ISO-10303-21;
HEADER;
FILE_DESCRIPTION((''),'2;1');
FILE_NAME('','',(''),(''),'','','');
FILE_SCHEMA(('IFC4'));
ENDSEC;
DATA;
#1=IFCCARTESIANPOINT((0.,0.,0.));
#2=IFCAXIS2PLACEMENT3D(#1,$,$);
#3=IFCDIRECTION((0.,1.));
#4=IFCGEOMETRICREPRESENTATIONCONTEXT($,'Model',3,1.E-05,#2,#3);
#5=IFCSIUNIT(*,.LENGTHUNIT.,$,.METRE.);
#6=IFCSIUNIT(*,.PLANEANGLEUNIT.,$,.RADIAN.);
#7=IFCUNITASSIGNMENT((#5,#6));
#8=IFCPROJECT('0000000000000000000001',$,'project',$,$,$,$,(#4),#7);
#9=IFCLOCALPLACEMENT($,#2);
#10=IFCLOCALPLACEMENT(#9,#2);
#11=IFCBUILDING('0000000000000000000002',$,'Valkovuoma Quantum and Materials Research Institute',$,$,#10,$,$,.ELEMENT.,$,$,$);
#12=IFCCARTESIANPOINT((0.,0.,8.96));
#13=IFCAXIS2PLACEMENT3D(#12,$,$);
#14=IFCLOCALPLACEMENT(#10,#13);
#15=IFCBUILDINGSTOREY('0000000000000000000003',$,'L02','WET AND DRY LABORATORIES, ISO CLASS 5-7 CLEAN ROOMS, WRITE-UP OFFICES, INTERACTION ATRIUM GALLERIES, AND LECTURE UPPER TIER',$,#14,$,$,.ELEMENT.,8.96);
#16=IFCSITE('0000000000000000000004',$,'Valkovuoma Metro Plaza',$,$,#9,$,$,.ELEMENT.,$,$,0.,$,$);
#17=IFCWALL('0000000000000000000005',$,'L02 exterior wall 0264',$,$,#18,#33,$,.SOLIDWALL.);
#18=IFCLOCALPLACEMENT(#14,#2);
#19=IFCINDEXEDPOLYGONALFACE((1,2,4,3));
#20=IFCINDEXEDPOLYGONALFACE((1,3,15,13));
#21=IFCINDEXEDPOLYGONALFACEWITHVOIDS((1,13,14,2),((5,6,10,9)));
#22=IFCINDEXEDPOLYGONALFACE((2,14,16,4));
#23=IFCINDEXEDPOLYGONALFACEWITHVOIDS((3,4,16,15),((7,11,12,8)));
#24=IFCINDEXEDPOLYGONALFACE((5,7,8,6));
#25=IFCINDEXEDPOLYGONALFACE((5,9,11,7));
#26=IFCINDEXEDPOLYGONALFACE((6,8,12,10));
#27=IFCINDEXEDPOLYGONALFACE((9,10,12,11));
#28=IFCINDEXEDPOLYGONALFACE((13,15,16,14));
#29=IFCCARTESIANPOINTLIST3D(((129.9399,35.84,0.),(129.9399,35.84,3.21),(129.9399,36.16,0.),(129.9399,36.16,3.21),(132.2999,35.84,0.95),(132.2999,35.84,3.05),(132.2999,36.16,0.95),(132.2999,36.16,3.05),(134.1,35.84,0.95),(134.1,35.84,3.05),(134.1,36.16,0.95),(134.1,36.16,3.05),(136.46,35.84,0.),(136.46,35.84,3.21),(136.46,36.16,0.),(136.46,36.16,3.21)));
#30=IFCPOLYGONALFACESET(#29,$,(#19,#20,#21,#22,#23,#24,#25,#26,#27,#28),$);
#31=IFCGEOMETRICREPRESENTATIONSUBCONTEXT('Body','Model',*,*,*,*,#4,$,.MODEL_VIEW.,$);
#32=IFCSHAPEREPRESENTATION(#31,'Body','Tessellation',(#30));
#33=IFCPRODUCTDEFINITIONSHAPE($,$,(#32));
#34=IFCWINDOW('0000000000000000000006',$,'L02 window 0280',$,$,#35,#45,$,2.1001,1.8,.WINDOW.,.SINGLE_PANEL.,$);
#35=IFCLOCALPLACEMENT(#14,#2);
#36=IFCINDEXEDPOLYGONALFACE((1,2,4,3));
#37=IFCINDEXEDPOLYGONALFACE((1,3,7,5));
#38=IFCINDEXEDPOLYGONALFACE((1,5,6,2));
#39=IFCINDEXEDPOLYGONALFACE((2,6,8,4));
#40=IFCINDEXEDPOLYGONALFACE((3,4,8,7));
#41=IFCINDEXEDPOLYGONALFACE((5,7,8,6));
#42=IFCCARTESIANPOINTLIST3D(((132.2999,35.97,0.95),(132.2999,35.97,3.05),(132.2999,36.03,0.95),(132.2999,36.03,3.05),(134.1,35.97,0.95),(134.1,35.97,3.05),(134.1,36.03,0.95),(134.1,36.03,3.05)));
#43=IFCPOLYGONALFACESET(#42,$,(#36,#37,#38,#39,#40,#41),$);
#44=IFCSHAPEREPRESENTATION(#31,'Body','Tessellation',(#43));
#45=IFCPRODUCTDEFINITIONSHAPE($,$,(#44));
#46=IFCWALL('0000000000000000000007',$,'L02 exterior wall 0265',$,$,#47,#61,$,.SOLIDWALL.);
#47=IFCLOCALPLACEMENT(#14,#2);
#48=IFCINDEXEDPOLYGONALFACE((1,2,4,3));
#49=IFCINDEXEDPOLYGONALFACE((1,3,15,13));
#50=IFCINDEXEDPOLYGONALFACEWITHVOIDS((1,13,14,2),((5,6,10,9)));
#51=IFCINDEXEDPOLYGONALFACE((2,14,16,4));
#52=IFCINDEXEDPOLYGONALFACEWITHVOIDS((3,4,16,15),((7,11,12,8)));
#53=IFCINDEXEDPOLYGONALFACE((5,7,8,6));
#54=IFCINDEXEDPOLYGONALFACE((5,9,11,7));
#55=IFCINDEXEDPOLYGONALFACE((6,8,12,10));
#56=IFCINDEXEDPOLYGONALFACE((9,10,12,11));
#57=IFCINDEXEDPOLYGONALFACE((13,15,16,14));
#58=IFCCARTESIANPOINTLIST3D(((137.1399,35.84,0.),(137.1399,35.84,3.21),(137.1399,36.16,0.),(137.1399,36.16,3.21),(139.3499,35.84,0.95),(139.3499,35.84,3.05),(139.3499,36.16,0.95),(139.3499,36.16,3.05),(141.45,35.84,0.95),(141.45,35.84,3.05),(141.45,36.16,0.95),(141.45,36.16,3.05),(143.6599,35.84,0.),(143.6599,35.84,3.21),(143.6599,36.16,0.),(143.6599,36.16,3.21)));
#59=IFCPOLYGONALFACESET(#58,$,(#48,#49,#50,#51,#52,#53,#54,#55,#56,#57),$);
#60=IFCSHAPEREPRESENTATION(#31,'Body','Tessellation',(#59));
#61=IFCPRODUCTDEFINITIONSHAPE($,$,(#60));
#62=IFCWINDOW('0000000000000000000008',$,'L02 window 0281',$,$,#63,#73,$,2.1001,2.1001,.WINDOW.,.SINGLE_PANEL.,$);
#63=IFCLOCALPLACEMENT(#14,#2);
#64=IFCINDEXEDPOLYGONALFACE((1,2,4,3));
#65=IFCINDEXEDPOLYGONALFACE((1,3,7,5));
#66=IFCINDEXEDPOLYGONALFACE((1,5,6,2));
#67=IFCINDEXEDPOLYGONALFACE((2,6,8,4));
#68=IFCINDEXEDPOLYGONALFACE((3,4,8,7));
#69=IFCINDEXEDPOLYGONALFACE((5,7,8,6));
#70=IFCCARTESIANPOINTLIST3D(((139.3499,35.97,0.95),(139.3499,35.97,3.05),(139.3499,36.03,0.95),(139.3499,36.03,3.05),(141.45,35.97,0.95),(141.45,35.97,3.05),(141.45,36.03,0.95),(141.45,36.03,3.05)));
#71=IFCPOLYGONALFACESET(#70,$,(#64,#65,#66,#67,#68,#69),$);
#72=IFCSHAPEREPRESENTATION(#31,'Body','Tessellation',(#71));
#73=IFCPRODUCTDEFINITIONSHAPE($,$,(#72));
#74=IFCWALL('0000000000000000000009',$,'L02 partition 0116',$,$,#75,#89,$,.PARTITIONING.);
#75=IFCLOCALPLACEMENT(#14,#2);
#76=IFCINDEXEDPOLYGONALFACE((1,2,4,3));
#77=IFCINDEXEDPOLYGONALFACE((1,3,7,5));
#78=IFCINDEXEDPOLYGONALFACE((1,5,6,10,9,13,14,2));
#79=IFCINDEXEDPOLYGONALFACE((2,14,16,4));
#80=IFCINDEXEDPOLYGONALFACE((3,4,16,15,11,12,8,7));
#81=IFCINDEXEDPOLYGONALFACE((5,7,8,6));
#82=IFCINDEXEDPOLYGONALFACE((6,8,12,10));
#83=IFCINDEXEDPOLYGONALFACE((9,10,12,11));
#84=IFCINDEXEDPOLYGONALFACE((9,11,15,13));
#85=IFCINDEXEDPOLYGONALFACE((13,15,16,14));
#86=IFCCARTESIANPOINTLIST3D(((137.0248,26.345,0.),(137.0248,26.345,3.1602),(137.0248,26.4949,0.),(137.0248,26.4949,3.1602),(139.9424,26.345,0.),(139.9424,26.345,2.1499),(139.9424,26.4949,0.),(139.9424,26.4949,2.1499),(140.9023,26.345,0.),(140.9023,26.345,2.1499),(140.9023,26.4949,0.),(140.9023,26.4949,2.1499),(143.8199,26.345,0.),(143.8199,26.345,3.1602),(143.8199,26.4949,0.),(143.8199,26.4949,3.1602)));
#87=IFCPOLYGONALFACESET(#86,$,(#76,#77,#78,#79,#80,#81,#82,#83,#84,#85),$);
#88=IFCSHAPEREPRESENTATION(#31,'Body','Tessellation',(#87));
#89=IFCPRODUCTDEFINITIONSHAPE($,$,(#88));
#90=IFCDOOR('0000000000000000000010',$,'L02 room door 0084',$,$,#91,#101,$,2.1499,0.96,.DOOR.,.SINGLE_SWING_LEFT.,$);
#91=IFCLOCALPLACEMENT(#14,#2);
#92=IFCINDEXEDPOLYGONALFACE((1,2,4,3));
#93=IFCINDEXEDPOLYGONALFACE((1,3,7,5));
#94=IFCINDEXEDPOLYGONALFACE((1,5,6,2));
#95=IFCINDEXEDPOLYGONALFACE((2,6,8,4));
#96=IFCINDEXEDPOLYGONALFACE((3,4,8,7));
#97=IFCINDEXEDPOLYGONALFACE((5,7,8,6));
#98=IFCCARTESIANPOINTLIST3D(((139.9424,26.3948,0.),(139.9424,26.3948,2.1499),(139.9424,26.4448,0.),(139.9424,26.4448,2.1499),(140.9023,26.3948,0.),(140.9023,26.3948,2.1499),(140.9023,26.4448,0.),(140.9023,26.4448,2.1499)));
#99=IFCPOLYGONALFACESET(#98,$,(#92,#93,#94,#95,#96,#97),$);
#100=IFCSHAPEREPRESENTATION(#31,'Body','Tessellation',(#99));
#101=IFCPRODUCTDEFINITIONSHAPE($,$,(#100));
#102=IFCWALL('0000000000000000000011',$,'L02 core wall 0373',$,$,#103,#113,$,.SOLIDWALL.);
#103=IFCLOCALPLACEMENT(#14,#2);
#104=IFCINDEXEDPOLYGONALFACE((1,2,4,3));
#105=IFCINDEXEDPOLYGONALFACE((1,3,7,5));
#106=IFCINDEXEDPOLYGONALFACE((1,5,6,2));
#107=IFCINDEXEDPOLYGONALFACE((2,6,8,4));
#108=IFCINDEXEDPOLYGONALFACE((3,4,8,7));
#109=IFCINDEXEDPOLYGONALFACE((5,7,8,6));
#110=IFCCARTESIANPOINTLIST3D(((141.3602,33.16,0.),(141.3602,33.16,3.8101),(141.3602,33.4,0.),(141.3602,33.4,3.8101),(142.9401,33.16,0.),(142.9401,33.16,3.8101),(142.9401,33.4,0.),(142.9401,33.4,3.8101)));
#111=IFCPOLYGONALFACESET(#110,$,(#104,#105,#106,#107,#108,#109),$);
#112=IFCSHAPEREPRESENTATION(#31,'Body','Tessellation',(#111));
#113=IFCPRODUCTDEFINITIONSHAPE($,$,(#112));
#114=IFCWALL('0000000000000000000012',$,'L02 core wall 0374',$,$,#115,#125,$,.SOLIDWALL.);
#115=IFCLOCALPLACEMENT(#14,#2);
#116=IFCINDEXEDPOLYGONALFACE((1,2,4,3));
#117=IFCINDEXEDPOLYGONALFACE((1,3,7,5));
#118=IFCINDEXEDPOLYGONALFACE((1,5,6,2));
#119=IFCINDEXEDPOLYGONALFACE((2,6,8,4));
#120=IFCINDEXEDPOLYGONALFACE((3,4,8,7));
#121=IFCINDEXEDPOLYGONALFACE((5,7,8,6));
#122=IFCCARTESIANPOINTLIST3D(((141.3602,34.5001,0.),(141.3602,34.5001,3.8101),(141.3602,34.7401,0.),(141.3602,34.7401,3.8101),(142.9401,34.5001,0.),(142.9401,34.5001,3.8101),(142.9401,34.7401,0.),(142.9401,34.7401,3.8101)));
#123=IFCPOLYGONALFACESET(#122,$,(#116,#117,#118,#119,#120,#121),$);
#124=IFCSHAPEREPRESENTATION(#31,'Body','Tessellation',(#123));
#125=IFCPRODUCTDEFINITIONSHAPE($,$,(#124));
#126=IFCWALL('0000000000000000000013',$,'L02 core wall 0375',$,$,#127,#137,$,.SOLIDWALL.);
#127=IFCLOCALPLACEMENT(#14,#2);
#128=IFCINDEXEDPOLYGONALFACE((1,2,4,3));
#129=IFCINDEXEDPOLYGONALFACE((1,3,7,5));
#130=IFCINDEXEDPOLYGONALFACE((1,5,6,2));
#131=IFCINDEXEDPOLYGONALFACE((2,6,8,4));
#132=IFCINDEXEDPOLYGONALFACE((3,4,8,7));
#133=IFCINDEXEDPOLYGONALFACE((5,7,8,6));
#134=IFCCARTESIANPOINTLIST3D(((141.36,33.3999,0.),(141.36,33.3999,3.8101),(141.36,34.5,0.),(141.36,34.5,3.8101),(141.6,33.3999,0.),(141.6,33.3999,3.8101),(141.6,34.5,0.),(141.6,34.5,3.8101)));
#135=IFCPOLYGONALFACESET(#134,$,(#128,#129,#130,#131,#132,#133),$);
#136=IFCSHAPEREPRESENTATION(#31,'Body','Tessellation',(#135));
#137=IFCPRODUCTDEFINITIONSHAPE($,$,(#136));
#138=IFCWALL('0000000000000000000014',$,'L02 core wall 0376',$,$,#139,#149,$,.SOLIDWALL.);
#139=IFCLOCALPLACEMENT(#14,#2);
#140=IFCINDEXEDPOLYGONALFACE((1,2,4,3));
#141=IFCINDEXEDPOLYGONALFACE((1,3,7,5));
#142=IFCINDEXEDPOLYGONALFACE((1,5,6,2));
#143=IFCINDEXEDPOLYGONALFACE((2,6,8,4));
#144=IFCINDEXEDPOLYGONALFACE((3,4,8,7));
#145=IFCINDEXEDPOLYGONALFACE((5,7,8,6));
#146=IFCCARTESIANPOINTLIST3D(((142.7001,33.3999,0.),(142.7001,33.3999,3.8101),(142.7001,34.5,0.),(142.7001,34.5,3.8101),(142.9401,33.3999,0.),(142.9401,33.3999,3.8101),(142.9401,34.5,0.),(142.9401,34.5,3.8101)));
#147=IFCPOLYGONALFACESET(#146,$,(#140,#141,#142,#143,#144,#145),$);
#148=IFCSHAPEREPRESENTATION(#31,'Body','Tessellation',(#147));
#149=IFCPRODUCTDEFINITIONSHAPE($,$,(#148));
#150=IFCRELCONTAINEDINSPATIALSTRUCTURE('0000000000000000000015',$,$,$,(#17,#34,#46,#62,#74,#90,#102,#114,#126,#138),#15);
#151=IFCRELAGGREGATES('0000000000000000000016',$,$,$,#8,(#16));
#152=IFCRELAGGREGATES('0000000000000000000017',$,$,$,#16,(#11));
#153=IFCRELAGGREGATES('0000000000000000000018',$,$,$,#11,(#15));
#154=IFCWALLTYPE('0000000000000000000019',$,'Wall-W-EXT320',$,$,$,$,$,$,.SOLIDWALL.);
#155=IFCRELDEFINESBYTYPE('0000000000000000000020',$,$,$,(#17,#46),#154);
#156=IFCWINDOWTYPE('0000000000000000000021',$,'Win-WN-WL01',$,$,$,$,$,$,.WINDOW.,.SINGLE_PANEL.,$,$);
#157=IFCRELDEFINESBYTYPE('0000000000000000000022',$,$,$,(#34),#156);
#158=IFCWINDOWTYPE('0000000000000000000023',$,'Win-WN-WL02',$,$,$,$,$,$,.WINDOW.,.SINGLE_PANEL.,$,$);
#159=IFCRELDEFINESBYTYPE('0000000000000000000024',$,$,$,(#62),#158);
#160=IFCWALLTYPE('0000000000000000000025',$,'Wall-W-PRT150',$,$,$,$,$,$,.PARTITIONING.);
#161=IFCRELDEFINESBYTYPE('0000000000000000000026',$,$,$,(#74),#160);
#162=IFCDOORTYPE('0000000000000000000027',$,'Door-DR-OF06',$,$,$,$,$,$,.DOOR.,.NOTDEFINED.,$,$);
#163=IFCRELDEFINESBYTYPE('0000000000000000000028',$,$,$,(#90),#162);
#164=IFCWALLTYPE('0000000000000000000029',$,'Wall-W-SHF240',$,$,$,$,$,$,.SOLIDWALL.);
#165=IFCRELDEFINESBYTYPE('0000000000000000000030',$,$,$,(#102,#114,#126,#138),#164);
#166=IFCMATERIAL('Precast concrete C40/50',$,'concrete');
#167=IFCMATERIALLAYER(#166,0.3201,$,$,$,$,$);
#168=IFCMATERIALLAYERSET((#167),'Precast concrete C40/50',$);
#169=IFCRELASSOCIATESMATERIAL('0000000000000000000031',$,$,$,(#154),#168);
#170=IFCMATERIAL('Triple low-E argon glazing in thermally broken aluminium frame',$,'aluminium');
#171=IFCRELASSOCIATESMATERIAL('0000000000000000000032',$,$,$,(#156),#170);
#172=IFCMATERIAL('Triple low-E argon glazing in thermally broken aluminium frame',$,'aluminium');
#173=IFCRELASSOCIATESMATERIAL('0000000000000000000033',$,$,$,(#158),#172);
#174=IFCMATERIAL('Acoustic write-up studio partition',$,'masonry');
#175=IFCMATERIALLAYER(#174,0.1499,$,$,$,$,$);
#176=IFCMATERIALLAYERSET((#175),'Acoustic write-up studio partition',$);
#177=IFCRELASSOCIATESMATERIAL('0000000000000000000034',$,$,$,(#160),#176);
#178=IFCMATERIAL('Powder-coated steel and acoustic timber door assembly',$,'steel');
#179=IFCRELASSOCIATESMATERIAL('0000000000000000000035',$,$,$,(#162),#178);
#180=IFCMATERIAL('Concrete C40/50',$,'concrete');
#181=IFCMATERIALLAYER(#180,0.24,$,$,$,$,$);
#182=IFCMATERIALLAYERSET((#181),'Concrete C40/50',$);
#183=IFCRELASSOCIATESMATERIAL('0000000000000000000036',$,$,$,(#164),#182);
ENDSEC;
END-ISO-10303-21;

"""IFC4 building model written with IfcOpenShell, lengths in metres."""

from ifc_helpers import new_model, si_unit, direction, frame, frame_2d, origin, place, context, subcontext, project, spatial, rectangle, extrude, material, layer, layer_set, type_object, element, fill, save


model = new_model("IFC4")

# Units and contexts
model_context = context("Model", 3, precision=1e-05, world=origin(), true_north=direction((0.0, 1.0)))
body_context = subcontext(model_context, "Body", "Model", "MODEL_VIEW")
ifc_project = project(units=[si_unit("LENGTHUNIT", "METRE"), si_unit("PLANEANGLEUNIT", "RADIAN")], contexts=[model_context])

# Site, building, storey
site_placement = place(None, origin())
site = spatial("IfcSite", under=ifc_project, at=site_placement, Name="Valkovuoma Metro Plaza", CompositionType="ELEMENT", RefElevation=0.0)
building_placement = place(site_placement, origin())
building = spatial("IfcBuilding", under=site, at=building_placement, Name="Valkovuoma Quantum and Materials Research Institute", CompositionType="ELEMENT")
storey_placement = place(building_placement, frame((0.0, 0.0, 8.96)))
storey = spatial("IfcBuildingStorey", under=building, at=storey_placement, Name="L02", Description="WET AND DRY LABORATORIES, ISO CLASS 5-7 CLEAN ROOMS, WRITE-UP OFFICES, INTERACTION ATRIUM GALLERIES, AND LECTURE UPPER TIER", CompositionType="ELEMENT", Elevation=8.96)

# Walls, openings, windows
ifc_material_1 = material(Name="Precast concrete C40/50", Category="concrete")
ifc_layer_1 = layer(ifc_material_1, 0.3201)
ifc_layer_set_1 = layer_set([ifc_layer_1], Name="Precast concrete C40/50")
wall_type_1 = type_object("IfcWallType", Name="Wall-W-EXT320", PredefinedType="SOLIDWALL", material=ifc_layer_set_1)
wall_1_placement = place(storey_placement, frame((129.9399, 36.0, 0.0), z_axis=(0.0, 0.0, 1.0), x_axis=(1.0, 0.0, 0.0)))
wall_1 = element("IfcWall", 1, at=wall_1_placement, inside=storey, type_object=wall_type_1, Name="L02 exterior wall 0264", PredefinedType="SOLIDWALL", context=body_context, shape_type="SweptSolid", body=[
    extrude(rectangle(XDim=6.52, YDim=0.3201, at=frame_2d((3.26, 0.0))), origin(), (0.0, 0.0, 1.0), 3.21),
])
opening_1_placement = place(wall_1_placement, frame((2.3601, 0.0, 0.95)))
opening_1 = element("IfcOpeningElement", 2, at=opening_1_placement, cuts=wall_1, PredefinedType="OPENING", context=body_context, shape_type="SweptSolid", body=[
    extrude(rectangle(XDim=1.8, YDim=2.1001, at=frame_2d((0.8999, 1.05))), frame((0.0, 0.1699, 0.0), z_axis=(0.0, -1.0, 0.0), x_axis=(1.0, 0.0, 0.0)), (0.0, 0.0, 1.0), 0.3401),
])
ifc_material_2 = material(Name="Triple low-E argon glazing in thermally broken aluminium frame", Category="aluminium")
window_type_1 = type_object("IfcWindowType", Name="Win-WN-WL01", PartitioningType="SINGLE_PANEL", PredefinedType="WINDOW", material=ifc_material_2)
window_1_placement = place(opening_1_placement, origin())
window_1 = element("IfcWindow", 3, at=window_1_placement, inside=storey, type_object=window_type_1, Name="L02 window 0280", OverallHeight=2.1001, OverallWidth=1.8, PartitioningType="SINGLE_PANEL", PredefinedType="WINDOW", context=body_context, shape_type="SweptSolid", body=[
    extrude(rectangle(XDim=1.8, YDim=2.1001, at=frame_2d((0.8999, 1.05))), frame((0.0, 0.03, 0.0), z_axis=(0.0, -1.0, 0.0), x_axis=(1.0, 0.0, 0.0)), (0.0, 0.0, 1.0), 0.0601),
])
fill(opening_1, window_1)
wall_2_placement = place(storey_placement, frame((137.1399, 36.0, 0.0), z_axis=(0.0, 0.0, 1.0), x_axis=(1.0, 0.0, 0.0)))
wall_2 = element("IfcWall", 4, at=wall_2_placement, inside=storey, type_object=wall_type_1, Name="L02 exterior wall 0265", PredefinedType="SOLIDWALL", context=body_context, shape_type="SweptSolid", body=[
    extrude(rectangle(XDim=6.52, YDim=0.3201, at=frame_2d((3.26, 0.0))), origin(), (0.0, 0.0, 1.0), 3.21),
])
opening_2_placement = place(wall_2_placement, frame((2.21, 0.0, 0.95)))
opening_2 = element("IfcOpeningElement", 5, at=opening_2_placement, cuts=wall_2, PredefinedType="OPENING", context=body_context, shape_type="SweptSolid", body=[
    extrude(rectangle(XDim=2.1001, YDim=2.1001, at=frame_2d((1.05, 1.05))), frame((0.0, 0.1699, 0.0), z_axis=(0.0, -1.0, 0.0), x_axis=(1.0, 0.0, 0.0)), (0.0, 0.0, 1.0), 0.3401),
])
ifc_material_3 = material(Name="Triple low-E argon glazing in thermally broken aluminium frame", Category="aluminium")
window_type_2 = type_object("IfcWindowType", Name="Win-WN-WL02", PartitioningType="SINGLE_PANEL", PredefinedType="WINDOW", material=ifc_material_3)
window_2_placement = place(opening_2_placement, origin())
window_2 = element("IfcWindow", 6, at=window_2_placement, inside=storey, type_object=window_type_2, Name="L02 window 0281", OverallHeight=2.1001, OverallWidth=2.1001, PartitioningType="SINGLE_PANEL", PredefinedType="WINDOW", context=body_context, shape_type="SweptSolid", body=[
    extrude(rectangle(XDim=2.1001, YDim=2.1001, at=frame_2d((1.05, 1.05))), frame((0.0, 0.03, 0.0), z_axis=(0.0, -1.0, 0.0), x_axis=(1.0, 0.0, 0.0)), (0.0, 0.0, 1.0), 0.0601),
])
fill(opening_2, window_2)

# Wall, opening, door
ifc_material_4 = material(Name="Acoustic write-up studio partition", Category="masonry")
ifc_layer_2 = layer(ifc_material_4, 0.1499)
ifc_layer_set_2 = layer_set([ifc_layer_2], Name="Acoustic write-up studio partition")
wall_type_2 = type_object("IfcWallType", Name="Wall-W-PRT150", PredefinedType="PARTITIONING", material=ifc_layer_set_2)
wall_3_placement = place(storey_placement, frame((137.0249, 26.4199, 0.0), z_axis=(0.0, 0.0, 1.0), x_axis=(1.0, 0.0, 0.0)))
wall_3 = element("IfcWall", 7, at=wall_3_placement, inside=storey, type_object=wall_type_2, Name="L02 partition 0116", PredefinedType="PARTITIONING", context=body_context, shape_type="SweptSolid", body=[
    extrude(rectangle(XDim=6.7952, YDim=0.1499, at=frame_2d((3.3975, 0.0))), origin(), (0.0, 0.0, 1.0), 3.1602),
])
opening_3_placement = place(wall_3_placement, frame((2.9175, 0.0, 0.0)))
opening_3 = element("IfcOpeningElement", 8, at=opening_3_placement, cuts=wall_3, PredefinedType="OPENING", context=body_context, shape_type="SweptSolid", body=[
    extrude(rectangle(XDim=0.96, YDim=2.1499, at=frame_2d((0.48, 1.075))), frame((0.0, 0.085, 0.0), z_axis=(0.0, -1.0, 0.0), x_axis=(1.0, 0.0, 0.0)), (0.0, 0.0, 1.0), 0.1699),
])
ifc_material_5 = material(Name="Powder-coated steel and acoustic timber door assembly", Category="steel")
door_type = type_object("IfcDoorType", Name="Door-DR-OF06", OperationType="NOTDEFINED", PredefinedType="DOOR", material=ifc_material_5)
door_placement = place(opening_3_placement, origin())
door = element("IfcDoor", 9, at=door_placement, inside=storey, type_object=door_type, Name="L02 room door 0084", OperationType="SINGLE_SWING_LEFT", OverallHeight=2.1499, OverallWidth=0.96, PredefinedType="DOOR", context=body_context, shape_type="SweptSolid", body=[
    extrude(rectangle(XDim=0.96, YDim=2.1499, at=frame_2d((0.48, 1.075))), frame((0.0, 0.0249, 0.0), z_axis=(0.0, -1.0, 0.0), x_axis=(1.0, 0.0, 0.0)), (0.0, 0.0, 1.0), 0.05),
])
fill(opening_3, door)

# Walls
ifc_material_6 = material(Name="Concrete C40/50", Category="concrete")
ifc_layer_3 = layer(ifc_material_6, 0.24)
ifc_layer_set_3 = layer_set([ifc_layer_3], Name="Concrete C40/50")
wall_type_3 = type_object("IfcWallType", Name="Wall-W-SHF240", PredefinedType="SOLIDWALL", material=ifc_layer_set_3)
for number, where, z_axis, x_axis, name in (
    (10, (141.3601, 33.28, 0.0), (0.0, 0.0, 1.0), (1.0, 0.0, 0.0), "L02 core wall 0373"),
    (11, (141.3601, 34.6201, 0.0), (0.0, 0.0, 1.0), (1.0, 0.0, 0.0), "L02 core wall 0374"),
):
    element("IfcWall", number, at=place(storey_placement, frame(where, z_axis=z_axis, x_axis=x_axis)), inside=storey, type_object=wall_type_3, Name=name, PredefinedType="SOLIDWALL", context=body_context, shape_type="SweptSolid", body=[
        extrude(rectangle(XDim=1.5798, YDim=0.24, at=frame_2d((0.79, 0.0))), origin(), (0.0, 0.0, 1.0), 3.8101),
    ])
for number, where, z_axis, x_axis, name in (
    (12, (141.48, 33.3999, 0.0), (0.0, 0.0, 1.0), (0.0, 1.0, 0.0), "L02 core wall 0375"),
    (13, (142.8201, 33.3999, 0.0), (0.0, 0.0, 1.0), (0.0, 1.0, 0.0), "L02 core wall 0376"),
):
    element("IfcWall", number, at=place(storey_placement, frame(where, z_axis=z_axis, x_axis=x_axis)), inside=storey, type_object=wall_type_3, Name=name, PredefinedType="SOLIDWALL", context=body_context, shape_type="SweptSolid", body=[
        extrude(rectangle(XDim=1.1001, YDim=0.24, at=frame_2d((0.55, 0.0))), origin(), (0.0, 0.0, 1.0), 3.8101),
    ])

save(model, "model.ifc")
